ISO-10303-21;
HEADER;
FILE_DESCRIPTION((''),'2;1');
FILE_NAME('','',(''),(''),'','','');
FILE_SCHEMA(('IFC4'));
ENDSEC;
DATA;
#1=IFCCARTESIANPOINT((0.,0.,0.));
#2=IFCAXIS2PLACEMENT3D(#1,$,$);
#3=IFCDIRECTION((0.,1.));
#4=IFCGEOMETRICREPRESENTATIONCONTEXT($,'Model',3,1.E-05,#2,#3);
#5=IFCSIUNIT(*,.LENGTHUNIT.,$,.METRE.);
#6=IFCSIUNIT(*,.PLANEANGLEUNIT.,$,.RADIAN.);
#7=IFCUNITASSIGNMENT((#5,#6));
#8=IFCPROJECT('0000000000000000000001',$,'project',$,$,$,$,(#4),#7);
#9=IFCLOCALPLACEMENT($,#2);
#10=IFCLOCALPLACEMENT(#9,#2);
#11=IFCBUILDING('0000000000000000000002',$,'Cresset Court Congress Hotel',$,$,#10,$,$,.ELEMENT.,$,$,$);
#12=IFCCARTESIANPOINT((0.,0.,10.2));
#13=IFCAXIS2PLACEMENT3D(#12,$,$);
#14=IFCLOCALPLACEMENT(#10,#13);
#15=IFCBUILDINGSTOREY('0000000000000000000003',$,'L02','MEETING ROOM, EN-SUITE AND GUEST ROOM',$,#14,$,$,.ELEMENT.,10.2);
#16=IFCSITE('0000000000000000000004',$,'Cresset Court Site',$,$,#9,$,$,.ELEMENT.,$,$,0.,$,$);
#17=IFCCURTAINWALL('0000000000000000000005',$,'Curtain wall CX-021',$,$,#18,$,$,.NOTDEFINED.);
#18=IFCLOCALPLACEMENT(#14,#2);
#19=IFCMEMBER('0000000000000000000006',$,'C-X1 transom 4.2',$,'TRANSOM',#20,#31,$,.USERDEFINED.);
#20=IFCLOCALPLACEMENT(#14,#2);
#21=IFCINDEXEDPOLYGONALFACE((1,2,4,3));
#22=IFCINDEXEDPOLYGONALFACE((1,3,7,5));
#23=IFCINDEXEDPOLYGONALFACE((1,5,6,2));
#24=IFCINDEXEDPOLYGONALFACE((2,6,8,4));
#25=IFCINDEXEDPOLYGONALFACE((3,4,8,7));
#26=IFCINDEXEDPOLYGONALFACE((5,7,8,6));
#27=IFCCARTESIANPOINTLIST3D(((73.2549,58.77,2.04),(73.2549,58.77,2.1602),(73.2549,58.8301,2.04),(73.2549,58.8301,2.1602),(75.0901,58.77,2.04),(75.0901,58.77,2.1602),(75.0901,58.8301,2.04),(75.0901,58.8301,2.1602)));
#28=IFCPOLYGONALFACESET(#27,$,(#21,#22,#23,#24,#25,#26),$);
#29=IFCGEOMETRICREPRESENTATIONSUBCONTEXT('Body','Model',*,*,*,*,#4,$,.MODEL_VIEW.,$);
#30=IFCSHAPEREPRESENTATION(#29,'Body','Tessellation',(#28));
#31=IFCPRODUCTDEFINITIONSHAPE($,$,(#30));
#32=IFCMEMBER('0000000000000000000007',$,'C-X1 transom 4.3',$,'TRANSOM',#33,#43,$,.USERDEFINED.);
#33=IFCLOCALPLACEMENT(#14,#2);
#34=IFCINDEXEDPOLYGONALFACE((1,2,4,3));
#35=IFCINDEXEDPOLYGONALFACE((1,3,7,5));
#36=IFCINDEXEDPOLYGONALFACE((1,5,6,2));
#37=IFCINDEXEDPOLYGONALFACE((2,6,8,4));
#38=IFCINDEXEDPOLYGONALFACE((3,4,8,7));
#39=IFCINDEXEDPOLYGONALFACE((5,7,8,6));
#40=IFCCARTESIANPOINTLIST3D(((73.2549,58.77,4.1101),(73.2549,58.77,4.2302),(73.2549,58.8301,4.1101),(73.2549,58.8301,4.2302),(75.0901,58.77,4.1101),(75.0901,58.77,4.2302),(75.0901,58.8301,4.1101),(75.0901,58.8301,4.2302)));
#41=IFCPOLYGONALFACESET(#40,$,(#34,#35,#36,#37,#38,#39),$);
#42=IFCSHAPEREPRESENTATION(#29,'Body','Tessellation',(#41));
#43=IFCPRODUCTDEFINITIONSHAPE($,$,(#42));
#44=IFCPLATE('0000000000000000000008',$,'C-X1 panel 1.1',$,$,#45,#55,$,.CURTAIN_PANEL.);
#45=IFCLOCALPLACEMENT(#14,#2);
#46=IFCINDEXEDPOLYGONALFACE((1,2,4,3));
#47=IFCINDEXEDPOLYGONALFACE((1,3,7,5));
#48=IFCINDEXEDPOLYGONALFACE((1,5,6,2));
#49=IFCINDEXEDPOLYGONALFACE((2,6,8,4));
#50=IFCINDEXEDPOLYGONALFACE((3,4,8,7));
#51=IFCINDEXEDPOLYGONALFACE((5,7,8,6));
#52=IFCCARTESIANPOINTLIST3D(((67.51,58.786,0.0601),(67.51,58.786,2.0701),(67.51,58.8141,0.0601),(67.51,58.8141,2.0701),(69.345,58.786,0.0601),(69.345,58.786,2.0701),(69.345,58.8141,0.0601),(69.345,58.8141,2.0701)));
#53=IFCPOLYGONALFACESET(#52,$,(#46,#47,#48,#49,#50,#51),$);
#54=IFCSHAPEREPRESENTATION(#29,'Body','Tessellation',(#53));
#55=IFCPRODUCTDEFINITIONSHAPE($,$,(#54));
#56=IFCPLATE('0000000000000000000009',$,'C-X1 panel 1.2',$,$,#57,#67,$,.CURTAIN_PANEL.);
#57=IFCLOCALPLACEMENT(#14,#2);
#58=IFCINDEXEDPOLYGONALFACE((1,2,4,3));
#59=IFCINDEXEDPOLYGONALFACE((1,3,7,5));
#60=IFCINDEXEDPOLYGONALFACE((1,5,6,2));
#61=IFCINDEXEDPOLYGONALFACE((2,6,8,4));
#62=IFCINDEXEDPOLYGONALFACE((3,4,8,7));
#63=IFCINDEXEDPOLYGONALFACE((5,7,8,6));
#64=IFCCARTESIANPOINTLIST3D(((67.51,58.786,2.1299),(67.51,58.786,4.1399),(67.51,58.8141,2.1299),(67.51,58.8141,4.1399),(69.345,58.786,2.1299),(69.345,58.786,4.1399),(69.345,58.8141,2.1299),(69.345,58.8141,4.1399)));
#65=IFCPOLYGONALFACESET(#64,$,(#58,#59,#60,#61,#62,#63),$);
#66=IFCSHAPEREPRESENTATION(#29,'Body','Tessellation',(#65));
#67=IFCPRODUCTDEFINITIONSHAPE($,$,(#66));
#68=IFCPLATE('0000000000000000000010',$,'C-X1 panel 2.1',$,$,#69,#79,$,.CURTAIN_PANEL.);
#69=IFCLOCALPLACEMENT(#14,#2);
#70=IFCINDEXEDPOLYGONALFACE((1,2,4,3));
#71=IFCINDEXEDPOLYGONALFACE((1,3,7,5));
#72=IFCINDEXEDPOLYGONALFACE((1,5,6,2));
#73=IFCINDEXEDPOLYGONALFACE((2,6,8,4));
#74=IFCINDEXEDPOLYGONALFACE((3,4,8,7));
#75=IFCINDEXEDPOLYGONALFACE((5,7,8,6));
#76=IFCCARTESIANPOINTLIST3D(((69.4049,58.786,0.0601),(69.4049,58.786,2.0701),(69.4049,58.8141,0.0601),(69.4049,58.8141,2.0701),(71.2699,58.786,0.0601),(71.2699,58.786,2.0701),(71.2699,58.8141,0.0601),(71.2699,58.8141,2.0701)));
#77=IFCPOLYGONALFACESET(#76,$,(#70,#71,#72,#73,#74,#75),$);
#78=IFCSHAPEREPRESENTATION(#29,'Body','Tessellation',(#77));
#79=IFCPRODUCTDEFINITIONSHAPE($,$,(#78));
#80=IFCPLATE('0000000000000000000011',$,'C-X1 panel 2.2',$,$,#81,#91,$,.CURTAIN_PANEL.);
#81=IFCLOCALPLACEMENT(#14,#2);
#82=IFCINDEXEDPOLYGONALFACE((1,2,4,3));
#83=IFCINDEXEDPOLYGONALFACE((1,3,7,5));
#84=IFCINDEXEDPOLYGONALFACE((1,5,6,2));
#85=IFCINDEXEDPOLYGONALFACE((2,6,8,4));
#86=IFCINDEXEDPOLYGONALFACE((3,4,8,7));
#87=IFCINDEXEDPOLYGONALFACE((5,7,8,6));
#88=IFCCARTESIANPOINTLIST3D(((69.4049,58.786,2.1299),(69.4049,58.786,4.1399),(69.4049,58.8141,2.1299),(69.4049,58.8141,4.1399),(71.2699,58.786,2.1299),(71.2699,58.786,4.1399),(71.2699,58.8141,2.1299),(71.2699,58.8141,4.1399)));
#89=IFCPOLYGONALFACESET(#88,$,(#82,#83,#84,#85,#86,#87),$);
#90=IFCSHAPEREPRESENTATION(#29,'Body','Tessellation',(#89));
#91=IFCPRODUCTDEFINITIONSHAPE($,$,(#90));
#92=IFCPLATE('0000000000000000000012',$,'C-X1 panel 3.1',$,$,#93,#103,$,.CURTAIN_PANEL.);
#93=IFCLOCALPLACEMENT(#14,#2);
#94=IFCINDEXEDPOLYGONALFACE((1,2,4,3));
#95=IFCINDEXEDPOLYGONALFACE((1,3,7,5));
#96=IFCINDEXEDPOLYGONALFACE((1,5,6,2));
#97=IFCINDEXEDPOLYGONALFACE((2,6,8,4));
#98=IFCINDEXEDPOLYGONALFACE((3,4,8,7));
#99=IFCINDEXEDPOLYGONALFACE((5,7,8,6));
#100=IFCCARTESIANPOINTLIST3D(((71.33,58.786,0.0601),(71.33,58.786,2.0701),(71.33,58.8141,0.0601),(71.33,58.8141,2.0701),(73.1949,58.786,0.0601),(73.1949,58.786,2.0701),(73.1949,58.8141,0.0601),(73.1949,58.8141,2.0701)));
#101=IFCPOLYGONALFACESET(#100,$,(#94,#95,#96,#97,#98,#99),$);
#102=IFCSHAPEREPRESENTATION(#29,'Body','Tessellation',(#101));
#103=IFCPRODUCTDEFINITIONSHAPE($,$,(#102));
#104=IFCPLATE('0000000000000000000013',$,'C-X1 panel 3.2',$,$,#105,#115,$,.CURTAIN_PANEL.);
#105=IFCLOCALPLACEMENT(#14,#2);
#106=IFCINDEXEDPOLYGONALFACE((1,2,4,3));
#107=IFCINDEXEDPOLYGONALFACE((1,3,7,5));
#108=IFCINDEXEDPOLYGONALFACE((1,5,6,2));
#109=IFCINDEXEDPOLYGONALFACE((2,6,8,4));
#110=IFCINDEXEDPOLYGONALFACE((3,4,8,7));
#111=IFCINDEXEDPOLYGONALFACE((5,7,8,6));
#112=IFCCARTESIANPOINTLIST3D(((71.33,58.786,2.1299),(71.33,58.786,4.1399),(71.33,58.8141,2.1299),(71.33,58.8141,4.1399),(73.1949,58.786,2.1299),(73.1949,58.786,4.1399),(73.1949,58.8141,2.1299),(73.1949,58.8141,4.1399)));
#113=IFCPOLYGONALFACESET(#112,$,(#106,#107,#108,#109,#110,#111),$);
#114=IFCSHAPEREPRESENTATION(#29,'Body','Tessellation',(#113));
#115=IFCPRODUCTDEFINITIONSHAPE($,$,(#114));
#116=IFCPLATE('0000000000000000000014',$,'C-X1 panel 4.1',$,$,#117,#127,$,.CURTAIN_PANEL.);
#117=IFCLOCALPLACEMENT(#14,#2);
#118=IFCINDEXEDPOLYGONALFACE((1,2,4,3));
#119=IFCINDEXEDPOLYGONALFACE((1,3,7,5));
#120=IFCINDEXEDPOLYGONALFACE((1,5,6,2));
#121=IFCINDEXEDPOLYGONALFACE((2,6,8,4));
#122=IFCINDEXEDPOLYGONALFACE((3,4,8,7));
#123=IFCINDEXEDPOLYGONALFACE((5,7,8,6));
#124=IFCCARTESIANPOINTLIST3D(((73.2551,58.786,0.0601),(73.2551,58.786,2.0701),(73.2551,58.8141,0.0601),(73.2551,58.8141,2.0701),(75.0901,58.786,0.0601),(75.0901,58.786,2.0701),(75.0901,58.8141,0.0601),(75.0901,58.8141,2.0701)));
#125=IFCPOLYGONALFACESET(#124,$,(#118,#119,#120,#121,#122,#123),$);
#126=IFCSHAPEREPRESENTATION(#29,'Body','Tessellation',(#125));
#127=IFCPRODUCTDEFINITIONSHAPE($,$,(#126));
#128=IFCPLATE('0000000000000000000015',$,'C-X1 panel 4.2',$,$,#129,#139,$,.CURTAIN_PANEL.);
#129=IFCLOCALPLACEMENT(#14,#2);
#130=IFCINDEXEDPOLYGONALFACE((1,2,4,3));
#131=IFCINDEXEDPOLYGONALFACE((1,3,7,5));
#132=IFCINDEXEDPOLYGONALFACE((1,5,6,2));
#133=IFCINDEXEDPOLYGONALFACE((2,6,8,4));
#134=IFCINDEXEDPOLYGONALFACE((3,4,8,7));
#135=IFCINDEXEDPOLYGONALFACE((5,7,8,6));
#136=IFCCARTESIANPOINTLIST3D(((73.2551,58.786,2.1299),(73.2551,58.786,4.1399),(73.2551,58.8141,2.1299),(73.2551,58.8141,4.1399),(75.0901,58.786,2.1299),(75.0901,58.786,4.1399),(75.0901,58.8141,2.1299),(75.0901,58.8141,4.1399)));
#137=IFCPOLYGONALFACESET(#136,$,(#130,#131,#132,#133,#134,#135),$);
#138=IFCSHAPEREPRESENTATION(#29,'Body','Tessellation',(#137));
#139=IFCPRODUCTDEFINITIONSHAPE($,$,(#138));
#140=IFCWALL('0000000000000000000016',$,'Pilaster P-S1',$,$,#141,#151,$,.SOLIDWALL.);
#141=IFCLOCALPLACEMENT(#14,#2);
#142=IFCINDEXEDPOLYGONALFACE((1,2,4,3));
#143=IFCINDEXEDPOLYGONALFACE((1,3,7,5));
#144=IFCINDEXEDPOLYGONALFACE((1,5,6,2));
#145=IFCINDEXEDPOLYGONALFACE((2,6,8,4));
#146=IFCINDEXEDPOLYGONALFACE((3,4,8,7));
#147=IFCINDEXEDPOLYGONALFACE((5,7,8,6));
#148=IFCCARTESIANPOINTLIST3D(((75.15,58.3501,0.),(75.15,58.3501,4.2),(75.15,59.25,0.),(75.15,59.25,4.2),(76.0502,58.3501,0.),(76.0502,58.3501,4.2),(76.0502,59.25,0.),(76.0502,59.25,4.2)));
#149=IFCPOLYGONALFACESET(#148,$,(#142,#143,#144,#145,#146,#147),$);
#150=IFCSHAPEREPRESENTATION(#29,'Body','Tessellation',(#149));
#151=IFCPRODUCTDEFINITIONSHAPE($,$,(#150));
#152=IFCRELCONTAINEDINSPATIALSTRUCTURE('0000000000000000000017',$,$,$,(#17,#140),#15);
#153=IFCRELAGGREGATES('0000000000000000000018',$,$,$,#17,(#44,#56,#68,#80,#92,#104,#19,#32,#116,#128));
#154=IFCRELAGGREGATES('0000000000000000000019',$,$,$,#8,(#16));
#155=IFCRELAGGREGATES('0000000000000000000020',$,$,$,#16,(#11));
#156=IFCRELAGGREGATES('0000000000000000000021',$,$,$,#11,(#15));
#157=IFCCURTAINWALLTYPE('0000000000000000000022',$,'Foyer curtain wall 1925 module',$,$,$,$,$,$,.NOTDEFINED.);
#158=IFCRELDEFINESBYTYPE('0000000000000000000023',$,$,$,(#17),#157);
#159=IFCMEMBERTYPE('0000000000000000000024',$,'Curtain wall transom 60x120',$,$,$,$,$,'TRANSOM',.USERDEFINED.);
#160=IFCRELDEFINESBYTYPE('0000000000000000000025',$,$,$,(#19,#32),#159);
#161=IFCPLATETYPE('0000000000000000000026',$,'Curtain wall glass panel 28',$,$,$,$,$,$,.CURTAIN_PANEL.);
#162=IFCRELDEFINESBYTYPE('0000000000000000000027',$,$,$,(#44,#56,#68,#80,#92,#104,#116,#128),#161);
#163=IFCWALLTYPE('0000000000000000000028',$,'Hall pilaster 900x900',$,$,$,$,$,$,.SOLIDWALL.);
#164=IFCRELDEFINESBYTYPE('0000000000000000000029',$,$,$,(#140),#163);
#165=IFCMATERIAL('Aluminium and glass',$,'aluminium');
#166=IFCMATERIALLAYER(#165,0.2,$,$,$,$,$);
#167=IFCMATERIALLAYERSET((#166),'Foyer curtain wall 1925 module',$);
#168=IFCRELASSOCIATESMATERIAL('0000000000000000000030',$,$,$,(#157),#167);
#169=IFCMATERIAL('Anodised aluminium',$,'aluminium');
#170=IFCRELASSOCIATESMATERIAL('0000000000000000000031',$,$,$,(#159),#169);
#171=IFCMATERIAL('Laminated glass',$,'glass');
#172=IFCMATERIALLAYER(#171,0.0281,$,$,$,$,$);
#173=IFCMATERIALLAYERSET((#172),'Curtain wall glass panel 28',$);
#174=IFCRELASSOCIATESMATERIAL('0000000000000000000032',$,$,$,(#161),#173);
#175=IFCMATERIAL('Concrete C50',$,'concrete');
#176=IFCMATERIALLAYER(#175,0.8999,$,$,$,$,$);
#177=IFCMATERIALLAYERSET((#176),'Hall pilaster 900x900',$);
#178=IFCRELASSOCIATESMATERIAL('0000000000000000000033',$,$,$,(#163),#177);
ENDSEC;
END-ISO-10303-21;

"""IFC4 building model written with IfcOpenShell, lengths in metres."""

from ifc_helpers import new_model, si_unit, direction, frame, frame_2d, origin, origin_2d, place, context, subcontext, project, spatial, rectangle, extrude, material, layer, layer_set, material_profile, profile_set, type_object, element, aggregate, save


model = new_model("IFC4")

# Units and contexts
model_context = context("Model", 3, precision=1e-05, world=origin(), true_north=direction((0.0, 1.0)))
body_context = subcontext(model_context, "Body", "Model", "MODEL_VIEW")
ifc_project = project(units=[si_unit("LENGTHUNIT", "METRE"), si_unit("PLANEANGLEUNIT", "RADIAN")], contexts=[model_context])

# Site, building, storey
site_placement = place(None, origin())
site = spatial("IfcSite", under=ifc_project, at=site_placement, Name="Cresset Court Site", CompositionType="ELEMENT", RefElevation=0.0)
building_placement = place(site_placement, origin())
building = spatial("IfcBuilding", under=site, at=building_placement, Name="Cresset Court Congress Hotel", CompositionType="ELEMENT")
storey_placement = place(building_placement, frame((0.0, 0.0, 10.2)))
storey = spatial("IfcBuildingStorey", under=building, at=storey_placement, Name="L02", Description="MEETING ROOM, EN-SUITE AND GUEST ROOM", CompositionType="ELEMENT", Elevation=10.2)

# Curtain wall, members, plates
ifc_material_1 = material(Name="Aluminium and glass", Category="aluminium")
ifc_layer_1 = layer(ifc_material_1, 0.2)
ifc_layer_set_1 = layer_set([ifc_layer_1], Name="Foyer curtain wall 1925 module")
curtain_wall_type = type_object("IfcCurtainWallType", Name="Foyer curtain wall 1925 module", PredefinedType="NOTDEFINED", material=ifc_layer_set_1)
curtain_wall_placement = place(storey_placement, origin())
curtain_wall = element("IfcCurtainWall", 1, at=curtain_wall_placement, inside=storey, type_object=curtain_wall_type, Name="Curtain wall CX-021", PredefinedType="NOTDEFINED")
ifc_material_2 = material(Name="Anodised aluminium", Category="aluminium")
ifc_material_profile_1 = material_profile(ifc_material_2, rectangle(XDim=0.0601, YDim=0.1201, at=origin_2d()), Name="AL60x120")
ifc_profile_set_1 = profile_set([ifc_material_profile_1], Name="Anodised aluminium")
member_type_1 = type_object("IfcMemberType", Name="Curtain wall transom 60x120", ElementType="TRANSOM", PredefinedType="USERDEFINED", material=ifc_profile_set_1)
member_1_placement = place(storey_placement, frame((73.2549, 58.8, 2.1001), z_axis=(1.0, 0.0, 0.0), x_axis=(0.0, 1.0, 0.0)))
member_1 = element("IfcMember", 2, at=member_1_placement, type_object=member_type_1, Name="C-X1 transom 4.2", ObjectType="TRANSOM", PredefinedType="USERDEFINED", context=body_context, shape_type="SweptSolid", body=[
    extrude(rectangle(XDim=0.0601, YDim=0.1201, at=origin_2d()), origin(), (0.0, 0.0, 1.0), 1.8352),
])
member_2_placement = place(storey_placement, frame((73.2549, 58.8, 4.1702), z_axis=(1.0, 0.0, 0.0), x_axis=(0.0, 1.0, 0.0)))
member_2 = element("IfcMember", 3, at=member_2_placement, type_object=member_type_1, Name="C-X1 transom 4.3", ObjectType="TRANSOM", PredefinedType="USERDEFINED", context=body_context, shape_type="SweptSolid", body=[
    extrude(rectangle(XDim=0.0601, YDim=0.1201, at=origin_2d()), origin(), (0.0, 0.0, 1.0), 1.8352),
])
ifc_material_3 = material(Name="Laminated glass", Category="glass")
ifc_layer_2 = layer(ifc_material_3, 0.0281)
ifc_layer_set_2 = layer_set([ifc_layer_2], Name="Curtain wall glass panel 28")
plate_type = type_object("IfcPlateType", Name="Curtain wall glass panel 28", PredefinedType="CURTAIN_PANEL", material=ifc_layer_set_2)
plate_1_placement = place(storey_placement, frame((68.4275, 58.8, 0.0601), z_axis=(0.0, 0.0, 1.0), x_axis=(1.0, 0.0, 0.0)))
plate_1 = element("IfcPlate", 4, at=plate_1_placement, type_object=plate_type, Name="C-X1 panel 1.1", PredefinedType="CURTAIN_PANEL", context=body_context, shape_type="SweptSolid", body=[
    extrude(rectangle(XDim=1.835, YDim=0.0281, at=origin_2d()), origin(), (0.0, 0.0, 1.0), 2.01),
])
plate_2_placement = place(storey_placement, frame((68.4275, 58.8, 2.1299), z_axis=(0.0, 0.0, 1.0), x_axis=(1.0, 0.0, 0.0)))
plate_2 = element("IfcPlate", 5, at=plate_2_placement, type_object=plate_type, Name="C-X1 panel 1.2", PredefinedType="CURTAIN_PANEL", context=body_context, shape_type="SweptSolid", body=[
    extrude(rectangle(XDim=1.835, YDim=0.0281, at=origin_2d()), origin(), (0.0, 0.0, 1.0), 2.01),
])
plate_3_placement = place(storey_placement, frame((70.3374, 58.8, 0.0601), z_axis=(0.0, 0.0, 1.0), x_axis=(1.0, 0.0, 0.0)))
plate_3 = element("IfcPlate", 6, at=plate_3_placement, type_object=plate_type, Name="C-X1 panel 2.1", PredefinedType="CURTAIN_PANEL", context=body_context, shape_type="SweptSolid", body=[
    extrude(rectangle(XDim=1.865, YDim=0.0281, at=origin_2d()), origin(), (0.0, 0.0, 1.0), 2.01),
])
plate_4_placement = place(storey_placement, frame((70.3374, 58.8, 2.1299), z_axis=(0.0, 0.0, 1.0), x_axis=(1.0, 0.0, 0.0)))
plate_4 = element("IfcPlate", 7, at=plate_4_placement, type_object=plate_type, Name="C-X1 panel 2.2", PredefinedType="CURTAIN_PANEL", context=body_context, shape_type="SweptSolid", body=[
    extrude(rectangle(XDim=1.865, YDim=0.0281, at=origin_2d()), origin(), (0.0, 0.0, 1.0), 2.01),
])
plate_5_placement = place(storey_placement, frame((72.2625, 58.8, 0.0601), z_axis=(0.0, 0.0, 1.0), x_axis=(1.0, 0.0, 0.0)))
plate_5 = element("IfcPlate", 8, at=plate_5_placement, type_object=plate_type, Name="C-X1 panel 3.1", PredefinedType="CURTAIN_PANEL", context=body_context, shape_type="SweptSolid", body=[
    extrude(rectangle(XDim=1.865, YDim=0.0281, at=origin_2d()), origin(), (0.0, 0.0, 1.0), 2.01),
])
plate_6_placement = place(storey_placement, frame((72.2625, 58.8, 2.1299), z_axis=(0.0, 0.0, 1.0), x_axis=(1.0, 0.0, 0.0)))
plate_6 = element("IfcPlate", 9, at=plate_6_placement, type_object=plate_type, Name="C-X1 panel 3.2", PredefinedType="CURTAIN_PANEL", context=body_context, shape_type="SweptSolid", body=[
    extrude(rectangle(XDim=1.865, YDim=0.0281, at=origin_2d()), origin(), (0.0, 0.0, 1.0), 2.01),
])
plate_7_placement = place(storey_placement, frame((74.1726, 58.8, 0.0601), z_axis=(0.0, 0.0, 1.0), x_axis=(1.0, 0.0, 0.0)))
plate_7 = element("IfcPlate", 10, at=plate_7_placement, type_object=plate_type, Name="C-X1 panel 4.1", PredefinedType="CURTAIN_PANEL", context=body_context, shape_type="SweptSolid", body=[
    extrude(rectangle(XDim=1.835, YDim=0.0281, at=origin_2d()), origin(), (0.0, 0.0, 1.0), 2.01),
])
plate_8_placement = place(storey_placement, frame((74.1726, 58.8, 2.1299), z_axis=(0.0, 0.0, 1.0), x_axis=(1.0, 0.0, 0.0)))
plate_8 = element("IfcPlate", 11, at=plate_8_placement, type_object=plate_type, Name="C-X1 panel 4.2", PredefinedType="CURTAIN_PANEL", context=body_context, shape_type="SweptSolid", body=[
    extrude(rectangle(XDim=1.835, YDim=0.0281, at=origin_2d()), origin(), (0.0, 0.0, 1.0), 2.01),
])
aggregate(curtain_wall, [plate_1, plate_2, plate_3, plate_4, plate_5, plate_6, member_1, member_2, plate_7, plate_8])

# Wall
ifc_material_4 = material(Name="Concrete C50", Category="concrete")
ifc_layer_3 = layer(ifc_material_4, 0.8999)
ifc_layer_set_3 = layer_set([ifc_layer_3], Name="Hall pilaster 900x900")
wall_type = type_object("IfcWallType", Name="Hall pilaster 900x900", PredefinedType="SOLIDWALL", material=ifc_layer_set_3)
wall_placement = place(storey_placement, frame((75.1499, 58.8, 0.0), z_axis=(0.0, 0.0, 1.0), x_axis=(1.0, 0.0, 0.0)))
element("IfcWall", 12, at=wall_placement, inside=storey, type_object=wall_type, Name="Pilaster P-S1", PredefinedType="SOLIDWALL", context=body_context, shape_type="SweptSolid", body=[
    extrude(rectangle(XDim=0.9001, YDim=0.8999, at=frame_2d((0.4502, 0.0))), origin(), (0.0, 0.0, 1.0), 4.2),
])

save(model, "model.ifc")
